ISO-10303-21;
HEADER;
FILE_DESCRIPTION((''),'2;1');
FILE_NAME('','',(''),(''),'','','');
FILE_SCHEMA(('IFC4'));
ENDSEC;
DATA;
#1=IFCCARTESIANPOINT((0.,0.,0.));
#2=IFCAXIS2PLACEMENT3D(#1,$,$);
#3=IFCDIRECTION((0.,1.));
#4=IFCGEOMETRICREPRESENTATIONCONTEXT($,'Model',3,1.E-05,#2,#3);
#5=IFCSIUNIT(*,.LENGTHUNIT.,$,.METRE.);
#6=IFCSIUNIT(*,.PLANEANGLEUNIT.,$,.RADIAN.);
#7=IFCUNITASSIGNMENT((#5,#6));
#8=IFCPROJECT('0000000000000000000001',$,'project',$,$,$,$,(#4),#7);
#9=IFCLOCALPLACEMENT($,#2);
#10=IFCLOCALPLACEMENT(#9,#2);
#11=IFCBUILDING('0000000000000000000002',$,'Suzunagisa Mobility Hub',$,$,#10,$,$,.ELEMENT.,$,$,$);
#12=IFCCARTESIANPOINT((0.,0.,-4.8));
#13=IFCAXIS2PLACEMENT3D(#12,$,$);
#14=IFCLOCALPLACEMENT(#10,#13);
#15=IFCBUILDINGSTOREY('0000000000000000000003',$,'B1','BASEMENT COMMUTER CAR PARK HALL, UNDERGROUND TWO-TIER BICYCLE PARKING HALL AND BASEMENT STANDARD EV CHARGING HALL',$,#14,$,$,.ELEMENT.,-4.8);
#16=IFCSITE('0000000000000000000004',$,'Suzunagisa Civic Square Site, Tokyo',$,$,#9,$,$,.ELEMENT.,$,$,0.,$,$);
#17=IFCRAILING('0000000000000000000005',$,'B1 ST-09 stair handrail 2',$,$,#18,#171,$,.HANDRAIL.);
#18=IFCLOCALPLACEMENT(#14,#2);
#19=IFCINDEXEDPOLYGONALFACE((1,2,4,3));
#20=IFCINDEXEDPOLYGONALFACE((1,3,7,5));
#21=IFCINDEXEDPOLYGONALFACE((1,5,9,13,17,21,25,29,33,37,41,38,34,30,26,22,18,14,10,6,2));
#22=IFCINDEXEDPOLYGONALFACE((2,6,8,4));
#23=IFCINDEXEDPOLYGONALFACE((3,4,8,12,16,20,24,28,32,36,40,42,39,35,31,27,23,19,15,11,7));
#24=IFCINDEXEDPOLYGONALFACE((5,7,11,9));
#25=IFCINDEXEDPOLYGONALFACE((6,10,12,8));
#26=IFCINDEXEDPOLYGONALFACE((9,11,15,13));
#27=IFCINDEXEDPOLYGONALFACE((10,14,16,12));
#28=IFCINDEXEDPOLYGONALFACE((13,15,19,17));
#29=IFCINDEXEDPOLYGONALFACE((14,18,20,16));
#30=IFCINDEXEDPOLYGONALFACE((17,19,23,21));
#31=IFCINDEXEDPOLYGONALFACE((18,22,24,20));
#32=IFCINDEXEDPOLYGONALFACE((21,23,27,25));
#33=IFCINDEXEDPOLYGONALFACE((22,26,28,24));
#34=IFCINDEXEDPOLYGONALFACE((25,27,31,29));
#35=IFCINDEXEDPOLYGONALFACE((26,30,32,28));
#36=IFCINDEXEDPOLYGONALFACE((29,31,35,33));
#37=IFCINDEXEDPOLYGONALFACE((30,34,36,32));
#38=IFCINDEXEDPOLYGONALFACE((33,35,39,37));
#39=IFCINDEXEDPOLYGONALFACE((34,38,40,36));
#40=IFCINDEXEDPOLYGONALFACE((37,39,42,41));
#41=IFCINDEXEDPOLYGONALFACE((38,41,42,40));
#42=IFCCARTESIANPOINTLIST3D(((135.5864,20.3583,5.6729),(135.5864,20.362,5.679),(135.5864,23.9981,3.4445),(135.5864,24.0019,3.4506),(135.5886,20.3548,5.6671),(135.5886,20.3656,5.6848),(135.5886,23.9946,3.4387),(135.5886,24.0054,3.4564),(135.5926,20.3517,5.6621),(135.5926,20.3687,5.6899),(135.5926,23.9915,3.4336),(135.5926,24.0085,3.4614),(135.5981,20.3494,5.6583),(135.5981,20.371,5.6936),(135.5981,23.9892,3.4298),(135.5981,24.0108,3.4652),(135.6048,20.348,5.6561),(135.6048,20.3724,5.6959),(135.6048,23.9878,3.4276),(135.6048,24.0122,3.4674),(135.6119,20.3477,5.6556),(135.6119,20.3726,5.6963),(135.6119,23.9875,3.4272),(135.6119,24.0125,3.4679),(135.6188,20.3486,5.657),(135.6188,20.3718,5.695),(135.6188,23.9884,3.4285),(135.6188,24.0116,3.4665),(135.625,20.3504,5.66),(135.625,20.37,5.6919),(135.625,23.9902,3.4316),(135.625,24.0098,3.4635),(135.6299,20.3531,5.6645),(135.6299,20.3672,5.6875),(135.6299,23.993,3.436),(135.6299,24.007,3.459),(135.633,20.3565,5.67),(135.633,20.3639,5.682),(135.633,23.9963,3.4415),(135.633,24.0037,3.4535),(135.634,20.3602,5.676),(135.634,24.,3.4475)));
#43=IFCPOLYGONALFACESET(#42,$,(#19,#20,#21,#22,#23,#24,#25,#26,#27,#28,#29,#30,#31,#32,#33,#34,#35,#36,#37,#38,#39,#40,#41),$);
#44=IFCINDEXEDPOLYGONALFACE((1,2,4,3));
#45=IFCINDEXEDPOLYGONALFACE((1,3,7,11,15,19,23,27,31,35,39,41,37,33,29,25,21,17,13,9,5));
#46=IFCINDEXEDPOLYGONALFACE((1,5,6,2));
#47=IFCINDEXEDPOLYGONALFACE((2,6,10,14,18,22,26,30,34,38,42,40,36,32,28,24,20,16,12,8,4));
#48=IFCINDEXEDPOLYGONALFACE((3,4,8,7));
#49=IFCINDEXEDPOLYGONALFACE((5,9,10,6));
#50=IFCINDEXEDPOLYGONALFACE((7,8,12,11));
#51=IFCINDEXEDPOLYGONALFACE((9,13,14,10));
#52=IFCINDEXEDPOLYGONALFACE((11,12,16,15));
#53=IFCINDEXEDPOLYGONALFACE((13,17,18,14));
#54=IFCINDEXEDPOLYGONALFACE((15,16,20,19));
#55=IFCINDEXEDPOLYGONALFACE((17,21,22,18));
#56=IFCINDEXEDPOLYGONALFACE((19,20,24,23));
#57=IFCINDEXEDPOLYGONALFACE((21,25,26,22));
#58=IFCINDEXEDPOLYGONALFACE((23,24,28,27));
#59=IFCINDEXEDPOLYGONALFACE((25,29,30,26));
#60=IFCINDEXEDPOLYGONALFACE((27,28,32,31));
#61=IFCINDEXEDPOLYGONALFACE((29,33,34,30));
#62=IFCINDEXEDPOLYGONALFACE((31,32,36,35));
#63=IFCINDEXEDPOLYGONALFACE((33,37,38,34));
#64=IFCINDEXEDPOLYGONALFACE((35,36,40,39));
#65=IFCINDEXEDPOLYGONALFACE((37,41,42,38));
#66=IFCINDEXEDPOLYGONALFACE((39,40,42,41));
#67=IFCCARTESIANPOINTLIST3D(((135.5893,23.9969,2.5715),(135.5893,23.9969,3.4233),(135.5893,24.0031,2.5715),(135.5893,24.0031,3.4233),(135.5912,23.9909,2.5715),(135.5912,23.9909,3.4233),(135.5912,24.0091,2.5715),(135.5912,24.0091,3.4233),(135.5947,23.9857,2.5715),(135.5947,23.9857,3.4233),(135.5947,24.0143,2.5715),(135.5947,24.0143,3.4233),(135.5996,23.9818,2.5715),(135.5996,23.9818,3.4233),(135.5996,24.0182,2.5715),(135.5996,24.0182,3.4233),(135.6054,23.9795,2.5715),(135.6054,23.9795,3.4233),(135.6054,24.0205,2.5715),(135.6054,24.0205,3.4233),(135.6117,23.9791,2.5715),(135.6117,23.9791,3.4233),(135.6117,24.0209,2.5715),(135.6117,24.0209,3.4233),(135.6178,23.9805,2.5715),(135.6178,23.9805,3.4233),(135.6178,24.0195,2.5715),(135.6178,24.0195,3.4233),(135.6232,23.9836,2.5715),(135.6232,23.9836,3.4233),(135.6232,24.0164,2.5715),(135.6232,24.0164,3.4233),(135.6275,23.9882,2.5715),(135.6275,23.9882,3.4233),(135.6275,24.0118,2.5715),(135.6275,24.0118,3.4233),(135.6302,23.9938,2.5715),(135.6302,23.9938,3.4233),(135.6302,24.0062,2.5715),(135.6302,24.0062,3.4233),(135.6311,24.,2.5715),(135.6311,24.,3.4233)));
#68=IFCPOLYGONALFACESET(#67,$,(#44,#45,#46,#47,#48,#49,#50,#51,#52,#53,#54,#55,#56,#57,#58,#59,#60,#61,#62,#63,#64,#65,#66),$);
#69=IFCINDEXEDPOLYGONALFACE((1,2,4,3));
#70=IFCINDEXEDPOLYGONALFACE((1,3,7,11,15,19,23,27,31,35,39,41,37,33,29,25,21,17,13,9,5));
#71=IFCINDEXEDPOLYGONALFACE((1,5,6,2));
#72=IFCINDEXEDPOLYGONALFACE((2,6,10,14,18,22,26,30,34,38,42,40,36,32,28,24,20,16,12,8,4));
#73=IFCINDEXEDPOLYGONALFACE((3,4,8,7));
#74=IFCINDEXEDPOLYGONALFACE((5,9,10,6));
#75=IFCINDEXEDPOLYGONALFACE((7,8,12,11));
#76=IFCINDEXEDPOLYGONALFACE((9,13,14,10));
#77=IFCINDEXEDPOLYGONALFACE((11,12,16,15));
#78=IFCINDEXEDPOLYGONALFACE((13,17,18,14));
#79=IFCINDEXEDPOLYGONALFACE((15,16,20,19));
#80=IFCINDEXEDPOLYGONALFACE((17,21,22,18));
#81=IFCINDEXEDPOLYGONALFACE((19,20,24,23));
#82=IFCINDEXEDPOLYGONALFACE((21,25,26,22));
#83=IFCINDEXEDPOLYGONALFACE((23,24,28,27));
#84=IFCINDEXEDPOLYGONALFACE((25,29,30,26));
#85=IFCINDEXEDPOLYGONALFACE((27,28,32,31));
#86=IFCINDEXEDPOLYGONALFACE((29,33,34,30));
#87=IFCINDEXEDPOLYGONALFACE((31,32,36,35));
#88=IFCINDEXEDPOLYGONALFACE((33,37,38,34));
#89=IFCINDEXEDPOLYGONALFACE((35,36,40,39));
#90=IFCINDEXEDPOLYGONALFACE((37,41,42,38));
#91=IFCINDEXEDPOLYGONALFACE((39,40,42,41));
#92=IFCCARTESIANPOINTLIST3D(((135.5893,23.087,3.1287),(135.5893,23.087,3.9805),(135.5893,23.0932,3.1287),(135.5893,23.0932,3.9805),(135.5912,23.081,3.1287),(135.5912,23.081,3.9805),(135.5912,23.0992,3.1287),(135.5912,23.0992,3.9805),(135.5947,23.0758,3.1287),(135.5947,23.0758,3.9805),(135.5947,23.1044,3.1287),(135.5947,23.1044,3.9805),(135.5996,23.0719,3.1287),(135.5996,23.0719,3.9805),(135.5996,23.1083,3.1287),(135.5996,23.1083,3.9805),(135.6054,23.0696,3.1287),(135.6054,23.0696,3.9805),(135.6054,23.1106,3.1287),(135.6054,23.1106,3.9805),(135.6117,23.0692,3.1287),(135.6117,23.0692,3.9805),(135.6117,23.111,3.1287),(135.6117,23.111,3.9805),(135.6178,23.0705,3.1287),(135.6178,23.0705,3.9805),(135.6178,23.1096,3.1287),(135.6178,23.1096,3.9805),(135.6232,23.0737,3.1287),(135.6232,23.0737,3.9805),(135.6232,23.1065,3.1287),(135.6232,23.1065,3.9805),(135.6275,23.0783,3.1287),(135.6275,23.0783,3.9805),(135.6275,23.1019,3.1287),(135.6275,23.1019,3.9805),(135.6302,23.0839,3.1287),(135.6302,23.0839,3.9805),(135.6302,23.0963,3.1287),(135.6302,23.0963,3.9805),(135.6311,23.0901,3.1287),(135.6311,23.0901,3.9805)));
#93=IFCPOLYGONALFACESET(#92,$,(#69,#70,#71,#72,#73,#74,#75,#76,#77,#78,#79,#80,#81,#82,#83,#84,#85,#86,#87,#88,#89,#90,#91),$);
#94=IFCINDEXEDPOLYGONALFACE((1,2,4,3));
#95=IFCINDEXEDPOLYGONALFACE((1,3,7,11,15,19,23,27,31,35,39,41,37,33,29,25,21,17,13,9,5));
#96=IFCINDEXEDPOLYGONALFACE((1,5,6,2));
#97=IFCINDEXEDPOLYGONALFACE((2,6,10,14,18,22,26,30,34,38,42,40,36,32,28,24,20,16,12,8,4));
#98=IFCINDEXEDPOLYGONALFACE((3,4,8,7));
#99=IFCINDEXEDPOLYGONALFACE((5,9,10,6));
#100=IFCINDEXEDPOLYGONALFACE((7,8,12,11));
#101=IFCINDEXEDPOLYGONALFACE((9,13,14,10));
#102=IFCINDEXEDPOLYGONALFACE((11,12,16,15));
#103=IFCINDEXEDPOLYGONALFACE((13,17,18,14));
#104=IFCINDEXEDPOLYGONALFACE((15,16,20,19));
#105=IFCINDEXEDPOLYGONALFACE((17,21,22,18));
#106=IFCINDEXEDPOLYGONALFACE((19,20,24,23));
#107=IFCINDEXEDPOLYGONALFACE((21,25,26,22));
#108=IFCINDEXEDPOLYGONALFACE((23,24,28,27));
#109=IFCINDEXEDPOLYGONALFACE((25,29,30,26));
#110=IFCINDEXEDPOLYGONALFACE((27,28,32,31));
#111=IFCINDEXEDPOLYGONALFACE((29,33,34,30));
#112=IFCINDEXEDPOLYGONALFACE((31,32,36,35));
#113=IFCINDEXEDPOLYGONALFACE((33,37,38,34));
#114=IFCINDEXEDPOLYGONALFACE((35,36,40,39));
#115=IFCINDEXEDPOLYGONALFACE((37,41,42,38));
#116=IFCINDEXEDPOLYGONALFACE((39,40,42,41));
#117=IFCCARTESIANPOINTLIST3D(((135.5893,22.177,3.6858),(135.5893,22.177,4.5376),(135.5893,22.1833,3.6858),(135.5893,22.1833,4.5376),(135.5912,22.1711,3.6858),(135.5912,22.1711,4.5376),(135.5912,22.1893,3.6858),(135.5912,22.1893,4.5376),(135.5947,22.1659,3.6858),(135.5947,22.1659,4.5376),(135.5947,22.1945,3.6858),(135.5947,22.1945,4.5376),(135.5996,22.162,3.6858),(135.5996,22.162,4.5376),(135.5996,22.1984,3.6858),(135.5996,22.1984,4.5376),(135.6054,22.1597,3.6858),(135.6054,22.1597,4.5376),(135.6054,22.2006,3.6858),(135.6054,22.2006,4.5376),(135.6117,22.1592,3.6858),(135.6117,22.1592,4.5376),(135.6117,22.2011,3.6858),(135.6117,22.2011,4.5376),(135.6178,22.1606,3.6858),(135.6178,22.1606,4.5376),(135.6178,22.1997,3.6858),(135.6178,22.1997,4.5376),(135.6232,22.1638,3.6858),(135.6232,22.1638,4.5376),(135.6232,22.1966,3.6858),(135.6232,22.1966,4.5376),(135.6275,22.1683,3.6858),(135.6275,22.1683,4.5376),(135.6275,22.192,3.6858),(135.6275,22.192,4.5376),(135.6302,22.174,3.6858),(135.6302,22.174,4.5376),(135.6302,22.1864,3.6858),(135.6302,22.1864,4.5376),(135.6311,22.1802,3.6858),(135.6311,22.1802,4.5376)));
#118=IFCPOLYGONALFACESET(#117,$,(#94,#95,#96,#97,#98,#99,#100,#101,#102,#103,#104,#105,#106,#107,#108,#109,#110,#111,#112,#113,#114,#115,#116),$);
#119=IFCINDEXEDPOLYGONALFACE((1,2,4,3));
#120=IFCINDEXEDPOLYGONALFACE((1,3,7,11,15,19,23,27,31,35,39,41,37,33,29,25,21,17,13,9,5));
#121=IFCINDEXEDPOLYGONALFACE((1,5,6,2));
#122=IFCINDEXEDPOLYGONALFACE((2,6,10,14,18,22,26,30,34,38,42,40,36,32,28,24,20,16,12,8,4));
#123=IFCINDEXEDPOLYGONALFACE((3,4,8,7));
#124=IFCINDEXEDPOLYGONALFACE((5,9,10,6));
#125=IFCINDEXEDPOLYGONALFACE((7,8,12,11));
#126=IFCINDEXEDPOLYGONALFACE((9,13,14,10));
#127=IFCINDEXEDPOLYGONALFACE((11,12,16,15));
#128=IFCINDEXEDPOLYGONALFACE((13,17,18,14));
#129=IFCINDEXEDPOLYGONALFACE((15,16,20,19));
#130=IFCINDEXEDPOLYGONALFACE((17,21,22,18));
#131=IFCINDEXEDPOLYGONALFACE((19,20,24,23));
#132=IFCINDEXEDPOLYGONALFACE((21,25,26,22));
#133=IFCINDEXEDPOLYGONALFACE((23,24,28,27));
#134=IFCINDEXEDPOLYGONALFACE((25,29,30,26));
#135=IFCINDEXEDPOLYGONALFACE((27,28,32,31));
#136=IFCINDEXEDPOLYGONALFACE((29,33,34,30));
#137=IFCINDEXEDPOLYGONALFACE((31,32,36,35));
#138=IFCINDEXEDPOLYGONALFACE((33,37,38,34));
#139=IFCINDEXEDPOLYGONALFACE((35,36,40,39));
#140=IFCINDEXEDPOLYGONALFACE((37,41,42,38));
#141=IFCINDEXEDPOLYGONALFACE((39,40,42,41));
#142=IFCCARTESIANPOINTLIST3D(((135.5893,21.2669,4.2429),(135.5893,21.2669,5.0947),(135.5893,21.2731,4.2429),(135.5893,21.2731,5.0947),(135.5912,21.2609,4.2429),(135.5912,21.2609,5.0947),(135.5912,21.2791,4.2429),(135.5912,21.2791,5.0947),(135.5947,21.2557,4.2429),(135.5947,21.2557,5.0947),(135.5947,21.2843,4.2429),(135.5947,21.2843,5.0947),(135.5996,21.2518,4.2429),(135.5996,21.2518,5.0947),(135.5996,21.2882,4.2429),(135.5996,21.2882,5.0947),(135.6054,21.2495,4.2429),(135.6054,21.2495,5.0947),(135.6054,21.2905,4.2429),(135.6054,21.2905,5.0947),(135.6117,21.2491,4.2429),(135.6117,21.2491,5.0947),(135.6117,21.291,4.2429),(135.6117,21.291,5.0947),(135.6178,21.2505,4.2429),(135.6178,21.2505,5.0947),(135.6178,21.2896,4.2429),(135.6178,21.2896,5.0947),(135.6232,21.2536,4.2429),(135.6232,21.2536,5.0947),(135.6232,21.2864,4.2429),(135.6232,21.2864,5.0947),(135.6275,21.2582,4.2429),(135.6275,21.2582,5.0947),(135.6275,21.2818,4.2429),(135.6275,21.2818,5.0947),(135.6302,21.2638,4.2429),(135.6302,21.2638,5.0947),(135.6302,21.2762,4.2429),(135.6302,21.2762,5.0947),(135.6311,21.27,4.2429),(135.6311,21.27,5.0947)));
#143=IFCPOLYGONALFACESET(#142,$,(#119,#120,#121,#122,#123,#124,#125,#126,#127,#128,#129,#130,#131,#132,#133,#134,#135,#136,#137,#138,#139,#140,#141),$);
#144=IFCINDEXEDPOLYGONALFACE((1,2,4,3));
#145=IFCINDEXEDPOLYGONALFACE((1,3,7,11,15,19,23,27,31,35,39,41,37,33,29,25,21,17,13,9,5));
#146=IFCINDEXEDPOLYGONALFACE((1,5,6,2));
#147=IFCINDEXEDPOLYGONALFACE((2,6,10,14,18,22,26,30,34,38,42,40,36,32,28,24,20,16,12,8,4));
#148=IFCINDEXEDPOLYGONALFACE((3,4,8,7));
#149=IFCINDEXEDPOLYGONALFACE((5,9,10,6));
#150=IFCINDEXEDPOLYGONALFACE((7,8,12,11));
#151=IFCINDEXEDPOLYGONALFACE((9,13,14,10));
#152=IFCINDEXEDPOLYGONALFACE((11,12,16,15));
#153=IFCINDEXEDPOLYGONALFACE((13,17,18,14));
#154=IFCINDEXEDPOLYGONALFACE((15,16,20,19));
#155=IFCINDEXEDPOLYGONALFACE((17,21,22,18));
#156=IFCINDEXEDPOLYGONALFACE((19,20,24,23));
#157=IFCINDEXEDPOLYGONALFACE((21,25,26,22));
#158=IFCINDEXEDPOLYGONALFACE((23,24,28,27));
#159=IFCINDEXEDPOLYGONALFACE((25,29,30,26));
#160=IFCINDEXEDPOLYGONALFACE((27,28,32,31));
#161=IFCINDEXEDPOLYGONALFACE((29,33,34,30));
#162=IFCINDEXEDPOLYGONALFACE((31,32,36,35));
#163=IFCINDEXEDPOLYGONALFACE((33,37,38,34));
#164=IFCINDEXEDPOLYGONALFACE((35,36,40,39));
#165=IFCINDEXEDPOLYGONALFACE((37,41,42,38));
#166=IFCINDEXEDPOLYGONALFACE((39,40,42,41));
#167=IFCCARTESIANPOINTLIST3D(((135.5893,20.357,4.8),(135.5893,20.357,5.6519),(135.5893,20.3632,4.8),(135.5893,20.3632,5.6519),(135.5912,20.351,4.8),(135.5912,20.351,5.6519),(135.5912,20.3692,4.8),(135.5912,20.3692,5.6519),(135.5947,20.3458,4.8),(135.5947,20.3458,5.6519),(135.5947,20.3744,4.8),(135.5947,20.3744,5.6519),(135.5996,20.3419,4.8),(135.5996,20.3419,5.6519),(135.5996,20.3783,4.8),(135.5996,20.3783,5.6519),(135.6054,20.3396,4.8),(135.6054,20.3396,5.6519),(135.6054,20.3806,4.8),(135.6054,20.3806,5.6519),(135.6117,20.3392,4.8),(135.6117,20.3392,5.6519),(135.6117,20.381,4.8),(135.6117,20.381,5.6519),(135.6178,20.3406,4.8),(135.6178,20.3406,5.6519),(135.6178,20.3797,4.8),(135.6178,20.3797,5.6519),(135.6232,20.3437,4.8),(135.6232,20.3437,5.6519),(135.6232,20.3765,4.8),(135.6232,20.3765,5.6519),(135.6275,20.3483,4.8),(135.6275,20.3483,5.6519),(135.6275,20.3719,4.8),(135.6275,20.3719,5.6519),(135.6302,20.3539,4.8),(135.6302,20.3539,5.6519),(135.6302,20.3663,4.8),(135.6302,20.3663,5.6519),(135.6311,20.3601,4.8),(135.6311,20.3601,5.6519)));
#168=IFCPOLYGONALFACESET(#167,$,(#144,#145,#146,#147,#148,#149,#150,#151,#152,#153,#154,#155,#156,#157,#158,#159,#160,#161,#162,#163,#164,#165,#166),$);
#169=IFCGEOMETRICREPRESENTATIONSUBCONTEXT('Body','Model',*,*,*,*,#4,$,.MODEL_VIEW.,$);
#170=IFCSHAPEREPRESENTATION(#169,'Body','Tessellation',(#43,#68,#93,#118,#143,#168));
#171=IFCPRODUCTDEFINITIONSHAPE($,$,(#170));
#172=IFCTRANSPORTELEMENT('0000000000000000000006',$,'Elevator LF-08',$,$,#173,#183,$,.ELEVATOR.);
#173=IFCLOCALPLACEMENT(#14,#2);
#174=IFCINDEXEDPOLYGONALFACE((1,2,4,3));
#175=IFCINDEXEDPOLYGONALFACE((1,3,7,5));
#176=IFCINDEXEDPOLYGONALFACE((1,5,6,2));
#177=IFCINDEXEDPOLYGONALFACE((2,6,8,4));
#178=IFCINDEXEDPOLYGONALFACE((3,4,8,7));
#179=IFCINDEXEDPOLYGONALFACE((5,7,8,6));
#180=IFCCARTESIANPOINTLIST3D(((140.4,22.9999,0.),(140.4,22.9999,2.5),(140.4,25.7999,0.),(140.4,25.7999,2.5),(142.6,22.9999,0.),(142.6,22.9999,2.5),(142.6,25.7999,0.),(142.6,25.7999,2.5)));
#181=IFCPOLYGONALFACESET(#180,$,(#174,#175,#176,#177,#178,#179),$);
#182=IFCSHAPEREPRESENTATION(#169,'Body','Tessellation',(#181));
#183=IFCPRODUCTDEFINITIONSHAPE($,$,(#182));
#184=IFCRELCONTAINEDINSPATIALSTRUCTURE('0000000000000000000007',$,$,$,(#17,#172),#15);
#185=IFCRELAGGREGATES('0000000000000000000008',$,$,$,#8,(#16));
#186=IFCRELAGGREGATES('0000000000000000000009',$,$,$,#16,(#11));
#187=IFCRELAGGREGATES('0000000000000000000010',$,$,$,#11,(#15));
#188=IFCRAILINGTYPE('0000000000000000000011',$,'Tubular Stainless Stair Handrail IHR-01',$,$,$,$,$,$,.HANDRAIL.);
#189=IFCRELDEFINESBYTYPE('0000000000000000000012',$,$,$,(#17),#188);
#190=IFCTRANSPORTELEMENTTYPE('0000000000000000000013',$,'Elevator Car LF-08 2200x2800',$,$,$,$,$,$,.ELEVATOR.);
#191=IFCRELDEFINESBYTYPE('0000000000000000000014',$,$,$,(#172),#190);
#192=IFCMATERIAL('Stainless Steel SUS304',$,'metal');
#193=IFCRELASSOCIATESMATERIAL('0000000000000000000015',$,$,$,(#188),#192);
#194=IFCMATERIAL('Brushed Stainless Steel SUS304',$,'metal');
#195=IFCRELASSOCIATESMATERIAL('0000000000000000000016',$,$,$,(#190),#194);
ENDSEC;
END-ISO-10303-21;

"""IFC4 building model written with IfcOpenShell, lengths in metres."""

from ifc_helpers import new_model, si_unit, direction, frame, origin, origin_2d, place, context, subcontext, project, spatial, rectangle, circle, extrude, material, type_object, element, save


model = new_model("IFC4")

# Units and contexts
model_context = context("Model", 3, precision=1e-05, world=origin(), true_north=direction((0.0, 1.0)))
body_context = subcontext(model_context, "Body", "Model", "MODEL_VIEW")
ifc_project = project(units=[si_unit("LENGTHUNIT", "METRE"), si_unit("PLANEANGLEUNIT", "RADIAN")], contexts=[model_context])

# Site, building, storey
site_placement = place(None, origin())
site = spatial("IfcSite", under=ifc_project, at=site_placement, Name="Suzunagisa Civic Square Site, Tokyo", CompositionType="ELEMENT", RefElevation=0.0)
building_placement = place(site_placement, origin())
building = spatial("IfcBuilding", under=site, at=building_placement, Name="Suzunagisa Mobility Hub", CompositionType="ELEMENT")
storey_placement = place(building_placement, frame((0.0, 0.0, -4.8)))
storey = spatial("IfcBuildingStorey", under=building, at=storey_placement, Name="B1", Description="BASEMENT COMMUTER CAR PARK HALL, UNDERGROUND TWO-TIER BICYCLE PARKING HALL AND BASEMENT STANDARD EV CHARGING HALL", CompositionType="ELEMENT", Elevation=-4.8)

# Shared definitions
ifc_material_1 = material(Name="Brushed Stainless Steel SUS304", Category="metal")

# Railing
ifc_material_2 = material(Name="Stainless Steel SUS304", Category="metal")
railing_type_1 = type_object("IfcRailingType", Name="Tubular Stainless Stair Handrail IHR-01", PredefinedType="HANDRAIL", material=ifc_material_2)
railing_1_placement = place(storey_placement, frame((135.6101, 24.0, 2.5715)))
element("IfcRailing", 1, at=railing_1_placement, inside=storey, type_object=railing_type_1, Name="B1 ST-09 stair handrail 2", PredefinedType="HANDRAIL", context=body_context, shape_type="SweptSolid", body=[
    extrude(circle(Radius=0.0239, at=origin_2d()), frame((0.0, 0.0, 0.876), z_axis=(0.0, -0.85285, 0.522156), x_axis=(1.0, 0.0, 0.0)), (0.0, 0.0, 1.0), 4.2678),
    extrude(circle(Radius=0.021, at=origin_2d()), origin(), (0.0, 0.0, 1.0), 0.8518),
    extrude(circle(Radius=0.021, at=origin_2d()), frame((0.0, -0.9099, 0.5571)), (0.0, 0.0, 1.0), 0.8518),
    extrude(circle(Radius=0.021, at=origin_2d()), frame((0.0, -1.8198, 1.1143)), (0.0, 0.0, 1.0), 0.8518),
    extrude(circle(Radius=0.021, at=origin_2d()), frame((0.0, -2.73, 1.6714)), (0.0, 0.0, 1.0), 0.8518),
    extrude(circle(Radius=0.021, at=origin_2d()), frame((0.0, -3.6399, 2.2285)), (0.0, 0.0, 1.0), 0.8518),
])

# Transport element
transport_element_type = type_object("IfcTransportElementType", Name="Elevator Car LF-08 2200x2800", PredefinedType="ELEVATOR", material=ifc_material_1)
transport_element_placement = place(storey_placement, frame((141.5, 24.3999, 0.0), z_axis=(0.0, 0.0, 1.0), x_axis=(1.0, 0.0, 0.0)))
element("IfcTransportElement", 2, at=transport_element_placement, inside=storey, type_object=transport_element_type, Name="Elevator LF-08", PredefinedType="ELEVATOR", context=body_context, shape_type="SweptSolid", body=[
    extrude(rectangle(XDim=2.2, YDim=2.8, at=origin_2d()), origin(), (0.0, 0.0, 1.0), 2.5),
])

save(model, "model.ifc")
